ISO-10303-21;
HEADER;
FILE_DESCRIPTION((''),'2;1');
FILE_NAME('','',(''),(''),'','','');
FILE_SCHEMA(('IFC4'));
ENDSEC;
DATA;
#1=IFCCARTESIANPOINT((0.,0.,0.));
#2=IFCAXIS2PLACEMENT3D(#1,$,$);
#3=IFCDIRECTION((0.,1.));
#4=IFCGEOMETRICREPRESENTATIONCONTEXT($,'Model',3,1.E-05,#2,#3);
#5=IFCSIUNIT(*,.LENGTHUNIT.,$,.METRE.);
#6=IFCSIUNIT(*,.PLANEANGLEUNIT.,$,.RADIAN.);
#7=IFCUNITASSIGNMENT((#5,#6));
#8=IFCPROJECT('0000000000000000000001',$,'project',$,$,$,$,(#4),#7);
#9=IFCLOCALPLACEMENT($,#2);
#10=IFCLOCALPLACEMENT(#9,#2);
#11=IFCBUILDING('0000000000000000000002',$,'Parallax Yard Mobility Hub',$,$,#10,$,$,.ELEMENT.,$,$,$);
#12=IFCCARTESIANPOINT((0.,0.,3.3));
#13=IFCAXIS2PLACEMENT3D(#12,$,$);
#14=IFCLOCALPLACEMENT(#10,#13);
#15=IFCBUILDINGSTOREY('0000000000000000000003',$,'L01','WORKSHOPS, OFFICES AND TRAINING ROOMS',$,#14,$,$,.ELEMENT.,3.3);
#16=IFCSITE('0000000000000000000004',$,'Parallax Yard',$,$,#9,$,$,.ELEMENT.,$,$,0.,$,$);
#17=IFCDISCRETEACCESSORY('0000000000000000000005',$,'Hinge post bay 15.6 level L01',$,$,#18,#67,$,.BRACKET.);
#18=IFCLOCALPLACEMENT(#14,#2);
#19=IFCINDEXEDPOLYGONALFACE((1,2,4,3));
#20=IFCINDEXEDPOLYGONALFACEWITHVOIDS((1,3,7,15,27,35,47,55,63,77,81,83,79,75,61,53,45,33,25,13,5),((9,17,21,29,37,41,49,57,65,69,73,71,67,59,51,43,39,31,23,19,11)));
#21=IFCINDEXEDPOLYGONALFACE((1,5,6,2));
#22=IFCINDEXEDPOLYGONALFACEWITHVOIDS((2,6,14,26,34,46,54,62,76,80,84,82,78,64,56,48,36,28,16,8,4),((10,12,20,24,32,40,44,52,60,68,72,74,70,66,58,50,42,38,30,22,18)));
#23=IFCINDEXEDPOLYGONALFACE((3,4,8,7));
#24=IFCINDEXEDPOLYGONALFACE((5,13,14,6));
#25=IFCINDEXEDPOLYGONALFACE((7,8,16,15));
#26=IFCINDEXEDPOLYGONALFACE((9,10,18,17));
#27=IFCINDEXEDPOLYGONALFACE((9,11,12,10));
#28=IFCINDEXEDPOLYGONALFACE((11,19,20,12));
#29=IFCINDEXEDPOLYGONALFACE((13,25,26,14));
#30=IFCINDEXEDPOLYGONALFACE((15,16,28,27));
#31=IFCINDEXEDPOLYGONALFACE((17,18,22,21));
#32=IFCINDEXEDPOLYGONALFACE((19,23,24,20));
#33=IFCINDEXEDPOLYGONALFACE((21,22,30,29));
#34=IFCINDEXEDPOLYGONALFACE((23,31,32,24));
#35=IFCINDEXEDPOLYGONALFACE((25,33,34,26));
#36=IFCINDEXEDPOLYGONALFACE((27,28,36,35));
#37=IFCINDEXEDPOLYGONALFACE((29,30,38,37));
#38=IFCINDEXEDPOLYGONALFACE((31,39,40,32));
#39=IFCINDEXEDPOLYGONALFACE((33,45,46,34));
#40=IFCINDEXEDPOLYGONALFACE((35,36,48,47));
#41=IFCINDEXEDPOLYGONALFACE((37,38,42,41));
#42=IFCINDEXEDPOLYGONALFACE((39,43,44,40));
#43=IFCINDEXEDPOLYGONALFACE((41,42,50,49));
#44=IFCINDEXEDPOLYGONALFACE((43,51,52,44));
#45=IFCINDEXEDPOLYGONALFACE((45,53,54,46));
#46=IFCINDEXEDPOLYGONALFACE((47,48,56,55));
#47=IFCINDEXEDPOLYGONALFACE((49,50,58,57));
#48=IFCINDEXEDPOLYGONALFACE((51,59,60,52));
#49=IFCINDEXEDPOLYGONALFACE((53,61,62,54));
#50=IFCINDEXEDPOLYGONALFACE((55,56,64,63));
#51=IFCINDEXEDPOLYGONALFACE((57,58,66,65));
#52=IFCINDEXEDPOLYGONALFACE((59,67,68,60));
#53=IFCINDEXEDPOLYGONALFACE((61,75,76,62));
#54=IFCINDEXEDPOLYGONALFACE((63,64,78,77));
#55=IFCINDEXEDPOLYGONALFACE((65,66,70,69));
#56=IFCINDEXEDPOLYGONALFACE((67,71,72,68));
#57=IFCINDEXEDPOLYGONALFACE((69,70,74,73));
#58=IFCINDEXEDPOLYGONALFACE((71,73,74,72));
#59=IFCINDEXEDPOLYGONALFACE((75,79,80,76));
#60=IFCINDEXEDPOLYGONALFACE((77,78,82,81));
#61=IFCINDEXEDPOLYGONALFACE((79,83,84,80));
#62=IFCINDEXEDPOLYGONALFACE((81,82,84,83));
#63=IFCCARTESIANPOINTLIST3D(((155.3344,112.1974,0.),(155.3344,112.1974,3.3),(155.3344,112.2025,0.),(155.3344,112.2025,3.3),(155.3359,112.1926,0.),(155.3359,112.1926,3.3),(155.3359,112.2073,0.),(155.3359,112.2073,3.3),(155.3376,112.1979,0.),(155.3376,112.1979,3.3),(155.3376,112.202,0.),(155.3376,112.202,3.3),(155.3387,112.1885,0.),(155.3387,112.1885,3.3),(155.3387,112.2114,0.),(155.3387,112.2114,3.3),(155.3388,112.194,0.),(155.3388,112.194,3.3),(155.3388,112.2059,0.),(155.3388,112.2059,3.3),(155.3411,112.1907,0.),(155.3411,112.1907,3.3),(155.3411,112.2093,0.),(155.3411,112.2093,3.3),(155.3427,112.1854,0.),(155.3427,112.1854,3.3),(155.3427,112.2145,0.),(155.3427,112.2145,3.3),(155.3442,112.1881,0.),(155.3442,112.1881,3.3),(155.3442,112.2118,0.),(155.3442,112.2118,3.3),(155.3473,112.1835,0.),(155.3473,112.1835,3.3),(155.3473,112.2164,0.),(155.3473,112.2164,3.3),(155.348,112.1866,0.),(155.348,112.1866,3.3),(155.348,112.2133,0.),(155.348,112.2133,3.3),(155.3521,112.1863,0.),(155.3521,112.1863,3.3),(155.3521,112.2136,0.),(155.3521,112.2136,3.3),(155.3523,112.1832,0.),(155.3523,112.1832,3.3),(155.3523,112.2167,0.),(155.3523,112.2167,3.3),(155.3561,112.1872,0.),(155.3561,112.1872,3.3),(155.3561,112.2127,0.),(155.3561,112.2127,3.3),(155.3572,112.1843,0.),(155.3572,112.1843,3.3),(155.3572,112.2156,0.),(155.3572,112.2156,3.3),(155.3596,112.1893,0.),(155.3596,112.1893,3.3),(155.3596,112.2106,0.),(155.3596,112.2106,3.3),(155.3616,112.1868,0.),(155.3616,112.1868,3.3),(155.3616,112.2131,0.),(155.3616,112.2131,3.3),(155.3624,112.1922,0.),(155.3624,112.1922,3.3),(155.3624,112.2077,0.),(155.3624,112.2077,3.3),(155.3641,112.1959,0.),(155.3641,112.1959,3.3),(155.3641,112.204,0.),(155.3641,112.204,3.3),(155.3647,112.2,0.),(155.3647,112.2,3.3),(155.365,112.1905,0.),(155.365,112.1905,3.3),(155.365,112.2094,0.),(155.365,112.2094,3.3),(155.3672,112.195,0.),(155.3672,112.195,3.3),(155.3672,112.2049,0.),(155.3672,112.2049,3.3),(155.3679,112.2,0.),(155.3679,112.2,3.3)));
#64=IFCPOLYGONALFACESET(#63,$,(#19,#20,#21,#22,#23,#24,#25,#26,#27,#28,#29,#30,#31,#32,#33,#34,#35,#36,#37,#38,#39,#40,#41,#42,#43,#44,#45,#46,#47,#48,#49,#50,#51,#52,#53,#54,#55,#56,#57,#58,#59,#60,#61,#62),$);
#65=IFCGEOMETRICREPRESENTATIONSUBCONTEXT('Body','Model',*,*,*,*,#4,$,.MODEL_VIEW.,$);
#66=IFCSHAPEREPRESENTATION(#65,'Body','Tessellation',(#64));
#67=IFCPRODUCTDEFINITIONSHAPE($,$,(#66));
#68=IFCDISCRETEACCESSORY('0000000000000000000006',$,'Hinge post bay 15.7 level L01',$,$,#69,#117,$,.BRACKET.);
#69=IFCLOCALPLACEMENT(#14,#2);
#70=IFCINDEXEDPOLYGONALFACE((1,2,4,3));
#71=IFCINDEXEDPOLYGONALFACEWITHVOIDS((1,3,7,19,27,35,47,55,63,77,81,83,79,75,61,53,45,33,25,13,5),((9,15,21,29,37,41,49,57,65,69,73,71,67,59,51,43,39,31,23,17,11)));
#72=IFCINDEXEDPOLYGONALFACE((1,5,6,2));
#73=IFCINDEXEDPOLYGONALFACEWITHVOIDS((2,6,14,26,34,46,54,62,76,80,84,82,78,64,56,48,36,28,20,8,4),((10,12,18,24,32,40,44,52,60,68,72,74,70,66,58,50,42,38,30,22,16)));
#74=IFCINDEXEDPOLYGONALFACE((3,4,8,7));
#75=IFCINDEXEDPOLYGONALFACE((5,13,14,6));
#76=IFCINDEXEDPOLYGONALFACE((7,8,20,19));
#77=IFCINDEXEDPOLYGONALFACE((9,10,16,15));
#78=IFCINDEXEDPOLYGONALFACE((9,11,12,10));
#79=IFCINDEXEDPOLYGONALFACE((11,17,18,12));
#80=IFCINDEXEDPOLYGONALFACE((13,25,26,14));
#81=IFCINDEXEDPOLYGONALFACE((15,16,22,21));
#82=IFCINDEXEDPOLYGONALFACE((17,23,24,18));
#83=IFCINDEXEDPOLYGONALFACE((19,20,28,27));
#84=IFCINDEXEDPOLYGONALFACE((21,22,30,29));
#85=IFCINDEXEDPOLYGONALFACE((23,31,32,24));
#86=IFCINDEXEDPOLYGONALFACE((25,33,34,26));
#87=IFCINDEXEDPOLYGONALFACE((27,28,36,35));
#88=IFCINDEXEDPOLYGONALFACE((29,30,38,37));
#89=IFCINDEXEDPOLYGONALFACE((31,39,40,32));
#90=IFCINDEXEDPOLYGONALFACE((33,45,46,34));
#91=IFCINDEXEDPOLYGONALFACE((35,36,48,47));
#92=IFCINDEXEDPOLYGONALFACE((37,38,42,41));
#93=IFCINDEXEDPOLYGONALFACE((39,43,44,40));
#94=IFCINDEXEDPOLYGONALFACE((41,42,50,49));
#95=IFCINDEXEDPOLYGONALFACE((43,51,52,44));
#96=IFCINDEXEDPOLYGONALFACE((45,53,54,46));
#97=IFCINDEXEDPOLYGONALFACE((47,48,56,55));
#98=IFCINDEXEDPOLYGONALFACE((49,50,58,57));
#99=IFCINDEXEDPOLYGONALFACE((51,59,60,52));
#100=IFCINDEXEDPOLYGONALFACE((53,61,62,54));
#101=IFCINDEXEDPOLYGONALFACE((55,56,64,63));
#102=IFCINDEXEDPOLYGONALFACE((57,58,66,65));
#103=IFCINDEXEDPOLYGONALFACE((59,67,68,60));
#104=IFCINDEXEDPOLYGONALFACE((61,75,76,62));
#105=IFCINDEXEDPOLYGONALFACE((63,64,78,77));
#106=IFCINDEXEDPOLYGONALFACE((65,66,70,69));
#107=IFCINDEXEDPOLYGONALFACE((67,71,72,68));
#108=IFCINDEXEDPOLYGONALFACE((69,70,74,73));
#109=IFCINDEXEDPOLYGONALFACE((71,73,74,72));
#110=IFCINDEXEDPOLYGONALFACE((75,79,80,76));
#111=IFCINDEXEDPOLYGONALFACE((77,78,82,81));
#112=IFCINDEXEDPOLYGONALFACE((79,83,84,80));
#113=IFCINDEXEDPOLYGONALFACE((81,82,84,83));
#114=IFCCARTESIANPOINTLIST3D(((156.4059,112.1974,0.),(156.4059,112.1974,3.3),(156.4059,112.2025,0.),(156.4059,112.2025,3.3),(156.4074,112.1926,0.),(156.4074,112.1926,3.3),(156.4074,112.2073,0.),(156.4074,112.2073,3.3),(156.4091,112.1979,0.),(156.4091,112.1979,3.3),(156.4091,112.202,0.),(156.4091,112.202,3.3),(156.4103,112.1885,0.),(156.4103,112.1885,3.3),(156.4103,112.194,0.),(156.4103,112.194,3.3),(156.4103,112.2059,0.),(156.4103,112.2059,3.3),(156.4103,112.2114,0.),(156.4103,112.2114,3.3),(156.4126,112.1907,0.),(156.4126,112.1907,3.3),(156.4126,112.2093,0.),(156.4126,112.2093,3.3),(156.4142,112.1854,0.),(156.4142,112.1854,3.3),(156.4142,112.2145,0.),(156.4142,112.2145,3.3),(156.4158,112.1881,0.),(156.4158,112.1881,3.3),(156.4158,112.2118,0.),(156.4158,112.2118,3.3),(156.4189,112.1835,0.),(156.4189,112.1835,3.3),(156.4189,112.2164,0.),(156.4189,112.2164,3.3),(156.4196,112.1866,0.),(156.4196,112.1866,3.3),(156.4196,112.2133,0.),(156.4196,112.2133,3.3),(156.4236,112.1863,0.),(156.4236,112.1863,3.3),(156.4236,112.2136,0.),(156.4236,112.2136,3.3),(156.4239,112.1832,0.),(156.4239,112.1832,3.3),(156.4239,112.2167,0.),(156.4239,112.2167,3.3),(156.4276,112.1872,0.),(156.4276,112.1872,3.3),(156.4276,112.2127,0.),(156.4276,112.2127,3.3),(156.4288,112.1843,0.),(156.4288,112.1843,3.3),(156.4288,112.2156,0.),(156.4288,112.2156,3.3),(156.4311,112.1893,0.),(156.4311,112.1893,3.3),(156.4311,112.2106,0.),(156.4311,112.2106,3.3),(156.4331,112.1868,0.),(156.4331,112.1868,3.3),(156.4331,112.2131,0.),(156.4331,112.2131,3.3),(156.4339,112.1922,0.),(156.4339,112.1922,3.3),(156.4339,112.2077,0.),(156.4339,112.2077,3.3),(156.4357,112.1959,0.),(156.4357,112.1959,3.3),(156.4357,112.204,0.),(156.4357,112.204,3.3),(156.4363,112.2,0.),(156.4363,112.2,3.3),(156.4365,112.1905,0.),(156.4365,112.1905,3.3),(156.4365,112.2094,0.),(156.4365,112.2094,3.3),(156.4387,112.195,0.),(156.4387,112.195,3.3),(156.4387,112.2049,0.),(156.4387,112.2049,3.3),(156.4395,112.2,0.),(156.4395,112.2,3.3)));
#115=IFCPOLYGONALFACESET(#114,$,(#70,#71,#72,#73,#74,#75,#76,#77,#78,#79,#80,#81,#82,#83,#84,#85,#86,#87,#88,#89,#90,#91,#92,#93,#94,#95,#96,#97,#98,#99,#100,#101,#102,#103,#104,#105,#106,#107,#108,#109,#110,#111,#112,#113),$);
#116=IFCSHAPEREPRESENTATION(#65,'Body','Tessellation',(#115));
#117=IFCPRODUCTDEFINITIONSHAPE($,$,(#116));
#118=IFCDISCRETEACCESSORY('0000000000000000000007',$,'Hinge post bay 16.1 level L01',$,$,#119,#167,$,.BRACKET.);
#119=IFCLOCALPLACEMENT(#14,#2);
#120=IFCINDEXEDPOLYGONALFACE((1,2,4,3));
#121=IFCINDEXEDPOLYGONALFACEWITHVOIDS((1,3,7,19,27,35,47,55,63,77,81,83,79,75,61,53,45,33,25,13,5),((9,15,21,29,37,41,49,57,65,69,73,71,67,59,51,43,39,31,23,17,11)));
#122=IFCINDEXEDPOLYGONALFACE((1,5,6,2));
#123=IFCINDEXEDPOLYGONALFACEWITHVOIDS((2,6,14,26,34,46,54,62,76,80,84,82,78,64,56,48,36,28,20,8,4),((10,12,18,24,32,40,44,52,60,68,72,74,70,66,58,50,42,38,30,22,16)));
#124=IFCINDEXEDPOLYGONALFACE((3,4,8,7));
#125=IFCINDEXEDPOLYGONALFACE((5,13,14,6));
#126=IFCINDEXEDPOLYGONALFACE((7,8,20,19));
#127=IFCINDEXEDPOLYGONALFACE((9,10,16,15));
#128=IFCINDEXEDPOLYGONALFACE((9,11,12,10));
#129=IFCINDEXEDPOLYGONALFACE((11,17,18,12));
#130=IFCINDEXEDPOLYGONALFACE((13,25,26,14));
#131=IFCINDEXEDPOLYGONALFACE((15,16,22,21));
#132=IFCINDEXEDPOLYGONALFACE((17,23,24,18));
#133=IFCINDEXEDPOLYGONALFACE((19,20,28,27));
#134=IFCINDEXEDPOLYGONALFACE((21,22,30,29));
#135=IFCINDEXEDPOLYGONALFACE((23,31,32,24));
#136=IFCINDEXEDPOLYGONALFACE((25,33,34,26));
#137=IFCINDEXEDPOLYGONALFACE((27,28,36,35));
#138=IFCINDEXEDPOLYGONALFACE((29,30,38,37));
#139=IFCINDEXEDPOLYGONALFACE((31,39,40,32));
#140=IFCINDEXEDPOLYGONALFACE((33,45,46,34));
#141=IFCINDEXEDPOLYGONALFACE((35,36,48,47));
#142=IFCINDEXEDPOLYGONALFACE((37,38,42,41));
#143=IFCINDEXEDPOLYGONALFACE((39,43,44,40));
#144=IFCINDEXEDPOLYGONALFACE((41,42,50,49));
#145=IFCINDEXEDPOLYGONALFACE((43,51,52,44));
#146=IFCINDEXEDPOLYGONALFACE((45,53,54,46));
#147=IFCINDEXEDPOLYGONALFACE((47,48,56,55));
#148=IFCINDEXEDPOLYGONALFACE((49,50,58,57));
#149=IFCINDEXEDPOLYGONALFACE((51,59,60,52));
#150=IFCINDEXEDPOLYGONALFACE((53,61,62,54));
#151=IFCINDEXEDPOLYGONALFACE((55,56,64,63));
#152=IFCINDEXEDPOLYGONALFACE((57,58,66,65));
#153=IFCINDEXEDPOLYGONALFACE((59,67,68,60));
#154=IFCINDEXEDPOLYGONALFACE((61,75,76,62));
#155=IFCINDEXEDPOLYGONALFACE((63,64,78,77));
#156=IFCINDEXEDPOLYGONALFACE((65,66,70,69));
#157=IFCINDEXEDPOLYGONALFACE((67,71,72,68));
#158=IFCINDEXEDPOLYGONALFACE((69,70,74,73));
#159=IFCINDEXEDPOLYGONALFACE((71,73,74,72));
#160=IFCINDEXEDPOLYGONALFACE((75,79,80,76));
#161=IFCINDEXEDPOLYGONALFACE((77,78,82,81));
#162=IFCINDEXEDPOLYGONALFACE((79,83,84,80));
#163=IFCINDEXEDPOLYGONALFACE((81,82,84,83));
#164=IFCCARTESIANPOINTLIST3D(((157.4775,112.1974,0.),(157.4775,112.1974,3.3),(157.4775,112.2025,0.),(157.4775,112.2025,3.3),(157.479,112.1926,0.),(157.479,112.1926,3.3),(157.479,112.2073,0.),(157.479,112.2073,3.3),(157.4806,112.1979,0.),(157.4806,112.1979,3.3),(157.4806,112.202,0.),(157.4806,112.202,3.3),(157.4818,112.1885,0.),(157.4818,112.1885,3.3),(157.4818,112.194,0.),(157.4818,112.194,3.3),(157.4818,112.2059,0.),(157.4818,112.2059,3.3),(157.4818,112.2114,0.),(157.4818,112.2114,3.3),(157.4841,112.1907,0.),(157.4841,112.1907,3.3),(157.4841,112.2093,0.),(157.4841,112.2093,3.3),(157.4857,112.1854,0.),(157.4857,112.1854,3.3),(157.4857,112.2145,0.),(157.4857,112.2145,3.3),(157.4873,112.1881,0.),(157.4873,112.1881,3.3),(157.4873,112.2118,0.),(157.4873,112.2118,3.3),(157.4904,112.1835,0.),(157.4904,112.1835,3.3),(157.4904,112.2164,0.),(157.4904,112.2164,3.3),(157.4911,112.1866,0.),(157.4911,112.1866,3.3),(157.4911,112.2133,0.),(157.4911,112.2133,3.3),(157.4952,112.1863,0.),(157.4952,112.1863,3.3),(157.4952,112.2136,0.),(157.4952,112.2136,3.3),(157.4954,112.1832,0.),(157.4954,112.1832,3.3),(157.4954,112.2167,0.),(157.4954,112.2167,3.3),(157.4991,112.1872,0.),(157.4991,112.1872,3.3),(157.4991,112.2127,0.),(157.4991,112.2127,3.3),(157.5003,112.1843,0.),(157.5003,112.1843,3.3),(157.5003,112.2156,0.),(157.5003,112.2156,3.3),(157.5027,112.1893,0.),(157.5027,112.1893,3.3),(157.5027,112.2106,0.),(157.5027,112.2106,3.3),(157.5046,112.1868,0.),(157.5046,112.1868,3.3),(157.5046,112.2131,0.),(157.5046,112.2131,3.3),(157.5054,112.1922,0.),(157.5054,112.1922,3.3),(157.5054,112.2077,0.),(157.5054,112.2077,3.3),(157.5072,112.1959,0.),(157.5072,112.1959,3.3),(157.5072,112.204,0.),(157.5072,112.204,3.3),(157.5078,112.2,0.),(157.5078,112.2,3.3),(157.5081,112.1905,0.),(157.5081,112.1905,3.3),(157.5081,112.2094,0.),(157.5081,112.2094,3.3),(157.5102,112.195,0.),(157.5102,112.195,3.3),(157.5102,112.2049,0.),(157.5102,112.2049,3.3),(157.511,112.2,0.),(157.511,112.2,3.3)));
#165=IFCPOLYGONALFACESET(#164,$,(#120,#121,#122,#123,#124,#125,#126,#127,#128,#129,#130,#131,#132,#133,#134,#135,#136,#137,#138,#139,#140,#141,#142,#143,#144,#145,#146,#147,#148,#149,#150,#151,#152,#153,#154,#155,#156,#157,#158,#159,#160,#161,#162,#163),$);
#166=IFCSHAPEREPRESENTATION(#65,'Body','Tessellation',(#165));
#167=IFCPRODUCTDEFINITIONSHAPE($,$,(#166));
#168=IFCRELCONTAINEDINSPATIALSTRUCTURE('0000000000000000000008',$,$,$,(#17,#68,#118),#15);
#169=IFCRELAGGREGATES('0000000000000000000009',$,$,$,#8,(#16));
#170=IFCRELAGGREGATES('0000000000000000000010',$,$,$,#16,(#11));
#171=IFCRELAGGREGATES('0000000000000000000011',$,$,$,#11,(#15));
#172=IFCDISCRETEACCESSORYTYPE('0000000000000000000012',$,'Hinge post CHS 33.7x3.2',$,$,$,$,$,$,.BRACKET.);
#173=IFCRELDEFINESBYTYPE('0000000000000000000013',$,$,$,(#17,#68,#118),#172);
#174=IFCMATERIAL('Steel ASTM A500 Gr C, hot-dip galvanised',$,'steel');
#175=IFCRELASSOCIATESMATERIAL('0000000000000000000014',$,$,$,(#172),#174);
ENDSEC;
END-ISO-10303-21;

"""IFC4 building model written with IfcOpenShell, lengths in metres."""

from ifc_helpers import new_model, si_unit, direction, frame, origin, origin_2d, place, context, subcontext, project, spatial, hollow_circle, extrude, material, material_profile, profile_set, type_object, element, save


model = new_model("IFC4")

# Units and contexts
model_context = context("Model", 3, precision=1e-05, world=origin(), true_north=direction((0.0, 1.0)))
body_context = subcontext(model_context, "Body", "Model", "MODEL_VIEW")
ifc_project = project(units=[si_unit("LENGTHUNIT", "METRE"), si_unit("PLANEANGLEUNIT", "RADIAN")], contexts=[model_context])

# Site, building, storey
site_placement = place(None, origin())
site = spatial("IfcSite", under=ifc_project, at=site_placement, Name="Parallax Yard", CompositionType="ELEMENT", RefElevation=0.0)
building_placement = place(site_placement, origin())
building = spatial("IfcBuilding", under=site, at=building_placement, Name="Parallax Yard Mobility Hub", CompositionType="ELEMENT")
storey_placement = place(building_placement, frame((0.0, 0.0, 3.3)))
storey = spatial("IfcBuildingStorey", under=building, at=storey_placement, Name="L01", Description="WORKSHOPS, OFFICES AND TRAINING ROOMS", CompositionType="ELEMENT", Elevation=3.3)

# Discrete accessories
ifc_material_1 = material(Name="Steel ASTM A500 Gr C, hot-dip galvanised", Category="steel")
ifc_material_profile_1 = material_profile(ifc_material_1, hollow_circle(Radius=0.0168, WallThickness=0.0032, at=origin_2d()), Name="CHS 33.7x3.2")
ifc_profile_set_1 = profile_set([ifc_material_profile_1], Name="Steel ASTM A500 Gr C, hot-dip galvanised")
discrete_accessory_type_1 = type_object("IfcDiscreteAccessoryType", Name="Hinge post CHS 33.7x3.2", PredefinedType="BRACKET", material=ifc_profile_set_1)
for number, where, z_axis, x_axis, name in (
    (1, (155.3511, 112.2, 0.0), (0.0, 0.0, 1.0), (1.0, 0.0, 0.0), "Hinge post bay 15.6 level L01"),
    (2, (156.4226, 112.2, 0.0), (0.0, 0.0, 1.0), (1.0, 0.0, 0.0), "Hinge post bay 15.7 level L01"),
    (3, (157.4941, 112.2, 0.0), (0.0, 0.0, 1.0), (1.0, 0.0, 0.0), "Hinge post bay 16.1 level L01"),
):
    element("IfcDiscreteAccessory", number, at=place(storey_placement, frame(where, z_axis=z_axis, x_axis=x_axis)), inside=storey, type_object=discrete_accessory_type_1, Name=name, PredefinedType="BRACKET", context=body_context, shape_type="SweptSolid", body=[
        extrude(hollow_circle(Radius=0.0168, WallThickness=0.0032, at=origin_2d()), origin(), (0.0, 0.0, 1.0), 3.3),
    ])

save(model, "model.ifc")
